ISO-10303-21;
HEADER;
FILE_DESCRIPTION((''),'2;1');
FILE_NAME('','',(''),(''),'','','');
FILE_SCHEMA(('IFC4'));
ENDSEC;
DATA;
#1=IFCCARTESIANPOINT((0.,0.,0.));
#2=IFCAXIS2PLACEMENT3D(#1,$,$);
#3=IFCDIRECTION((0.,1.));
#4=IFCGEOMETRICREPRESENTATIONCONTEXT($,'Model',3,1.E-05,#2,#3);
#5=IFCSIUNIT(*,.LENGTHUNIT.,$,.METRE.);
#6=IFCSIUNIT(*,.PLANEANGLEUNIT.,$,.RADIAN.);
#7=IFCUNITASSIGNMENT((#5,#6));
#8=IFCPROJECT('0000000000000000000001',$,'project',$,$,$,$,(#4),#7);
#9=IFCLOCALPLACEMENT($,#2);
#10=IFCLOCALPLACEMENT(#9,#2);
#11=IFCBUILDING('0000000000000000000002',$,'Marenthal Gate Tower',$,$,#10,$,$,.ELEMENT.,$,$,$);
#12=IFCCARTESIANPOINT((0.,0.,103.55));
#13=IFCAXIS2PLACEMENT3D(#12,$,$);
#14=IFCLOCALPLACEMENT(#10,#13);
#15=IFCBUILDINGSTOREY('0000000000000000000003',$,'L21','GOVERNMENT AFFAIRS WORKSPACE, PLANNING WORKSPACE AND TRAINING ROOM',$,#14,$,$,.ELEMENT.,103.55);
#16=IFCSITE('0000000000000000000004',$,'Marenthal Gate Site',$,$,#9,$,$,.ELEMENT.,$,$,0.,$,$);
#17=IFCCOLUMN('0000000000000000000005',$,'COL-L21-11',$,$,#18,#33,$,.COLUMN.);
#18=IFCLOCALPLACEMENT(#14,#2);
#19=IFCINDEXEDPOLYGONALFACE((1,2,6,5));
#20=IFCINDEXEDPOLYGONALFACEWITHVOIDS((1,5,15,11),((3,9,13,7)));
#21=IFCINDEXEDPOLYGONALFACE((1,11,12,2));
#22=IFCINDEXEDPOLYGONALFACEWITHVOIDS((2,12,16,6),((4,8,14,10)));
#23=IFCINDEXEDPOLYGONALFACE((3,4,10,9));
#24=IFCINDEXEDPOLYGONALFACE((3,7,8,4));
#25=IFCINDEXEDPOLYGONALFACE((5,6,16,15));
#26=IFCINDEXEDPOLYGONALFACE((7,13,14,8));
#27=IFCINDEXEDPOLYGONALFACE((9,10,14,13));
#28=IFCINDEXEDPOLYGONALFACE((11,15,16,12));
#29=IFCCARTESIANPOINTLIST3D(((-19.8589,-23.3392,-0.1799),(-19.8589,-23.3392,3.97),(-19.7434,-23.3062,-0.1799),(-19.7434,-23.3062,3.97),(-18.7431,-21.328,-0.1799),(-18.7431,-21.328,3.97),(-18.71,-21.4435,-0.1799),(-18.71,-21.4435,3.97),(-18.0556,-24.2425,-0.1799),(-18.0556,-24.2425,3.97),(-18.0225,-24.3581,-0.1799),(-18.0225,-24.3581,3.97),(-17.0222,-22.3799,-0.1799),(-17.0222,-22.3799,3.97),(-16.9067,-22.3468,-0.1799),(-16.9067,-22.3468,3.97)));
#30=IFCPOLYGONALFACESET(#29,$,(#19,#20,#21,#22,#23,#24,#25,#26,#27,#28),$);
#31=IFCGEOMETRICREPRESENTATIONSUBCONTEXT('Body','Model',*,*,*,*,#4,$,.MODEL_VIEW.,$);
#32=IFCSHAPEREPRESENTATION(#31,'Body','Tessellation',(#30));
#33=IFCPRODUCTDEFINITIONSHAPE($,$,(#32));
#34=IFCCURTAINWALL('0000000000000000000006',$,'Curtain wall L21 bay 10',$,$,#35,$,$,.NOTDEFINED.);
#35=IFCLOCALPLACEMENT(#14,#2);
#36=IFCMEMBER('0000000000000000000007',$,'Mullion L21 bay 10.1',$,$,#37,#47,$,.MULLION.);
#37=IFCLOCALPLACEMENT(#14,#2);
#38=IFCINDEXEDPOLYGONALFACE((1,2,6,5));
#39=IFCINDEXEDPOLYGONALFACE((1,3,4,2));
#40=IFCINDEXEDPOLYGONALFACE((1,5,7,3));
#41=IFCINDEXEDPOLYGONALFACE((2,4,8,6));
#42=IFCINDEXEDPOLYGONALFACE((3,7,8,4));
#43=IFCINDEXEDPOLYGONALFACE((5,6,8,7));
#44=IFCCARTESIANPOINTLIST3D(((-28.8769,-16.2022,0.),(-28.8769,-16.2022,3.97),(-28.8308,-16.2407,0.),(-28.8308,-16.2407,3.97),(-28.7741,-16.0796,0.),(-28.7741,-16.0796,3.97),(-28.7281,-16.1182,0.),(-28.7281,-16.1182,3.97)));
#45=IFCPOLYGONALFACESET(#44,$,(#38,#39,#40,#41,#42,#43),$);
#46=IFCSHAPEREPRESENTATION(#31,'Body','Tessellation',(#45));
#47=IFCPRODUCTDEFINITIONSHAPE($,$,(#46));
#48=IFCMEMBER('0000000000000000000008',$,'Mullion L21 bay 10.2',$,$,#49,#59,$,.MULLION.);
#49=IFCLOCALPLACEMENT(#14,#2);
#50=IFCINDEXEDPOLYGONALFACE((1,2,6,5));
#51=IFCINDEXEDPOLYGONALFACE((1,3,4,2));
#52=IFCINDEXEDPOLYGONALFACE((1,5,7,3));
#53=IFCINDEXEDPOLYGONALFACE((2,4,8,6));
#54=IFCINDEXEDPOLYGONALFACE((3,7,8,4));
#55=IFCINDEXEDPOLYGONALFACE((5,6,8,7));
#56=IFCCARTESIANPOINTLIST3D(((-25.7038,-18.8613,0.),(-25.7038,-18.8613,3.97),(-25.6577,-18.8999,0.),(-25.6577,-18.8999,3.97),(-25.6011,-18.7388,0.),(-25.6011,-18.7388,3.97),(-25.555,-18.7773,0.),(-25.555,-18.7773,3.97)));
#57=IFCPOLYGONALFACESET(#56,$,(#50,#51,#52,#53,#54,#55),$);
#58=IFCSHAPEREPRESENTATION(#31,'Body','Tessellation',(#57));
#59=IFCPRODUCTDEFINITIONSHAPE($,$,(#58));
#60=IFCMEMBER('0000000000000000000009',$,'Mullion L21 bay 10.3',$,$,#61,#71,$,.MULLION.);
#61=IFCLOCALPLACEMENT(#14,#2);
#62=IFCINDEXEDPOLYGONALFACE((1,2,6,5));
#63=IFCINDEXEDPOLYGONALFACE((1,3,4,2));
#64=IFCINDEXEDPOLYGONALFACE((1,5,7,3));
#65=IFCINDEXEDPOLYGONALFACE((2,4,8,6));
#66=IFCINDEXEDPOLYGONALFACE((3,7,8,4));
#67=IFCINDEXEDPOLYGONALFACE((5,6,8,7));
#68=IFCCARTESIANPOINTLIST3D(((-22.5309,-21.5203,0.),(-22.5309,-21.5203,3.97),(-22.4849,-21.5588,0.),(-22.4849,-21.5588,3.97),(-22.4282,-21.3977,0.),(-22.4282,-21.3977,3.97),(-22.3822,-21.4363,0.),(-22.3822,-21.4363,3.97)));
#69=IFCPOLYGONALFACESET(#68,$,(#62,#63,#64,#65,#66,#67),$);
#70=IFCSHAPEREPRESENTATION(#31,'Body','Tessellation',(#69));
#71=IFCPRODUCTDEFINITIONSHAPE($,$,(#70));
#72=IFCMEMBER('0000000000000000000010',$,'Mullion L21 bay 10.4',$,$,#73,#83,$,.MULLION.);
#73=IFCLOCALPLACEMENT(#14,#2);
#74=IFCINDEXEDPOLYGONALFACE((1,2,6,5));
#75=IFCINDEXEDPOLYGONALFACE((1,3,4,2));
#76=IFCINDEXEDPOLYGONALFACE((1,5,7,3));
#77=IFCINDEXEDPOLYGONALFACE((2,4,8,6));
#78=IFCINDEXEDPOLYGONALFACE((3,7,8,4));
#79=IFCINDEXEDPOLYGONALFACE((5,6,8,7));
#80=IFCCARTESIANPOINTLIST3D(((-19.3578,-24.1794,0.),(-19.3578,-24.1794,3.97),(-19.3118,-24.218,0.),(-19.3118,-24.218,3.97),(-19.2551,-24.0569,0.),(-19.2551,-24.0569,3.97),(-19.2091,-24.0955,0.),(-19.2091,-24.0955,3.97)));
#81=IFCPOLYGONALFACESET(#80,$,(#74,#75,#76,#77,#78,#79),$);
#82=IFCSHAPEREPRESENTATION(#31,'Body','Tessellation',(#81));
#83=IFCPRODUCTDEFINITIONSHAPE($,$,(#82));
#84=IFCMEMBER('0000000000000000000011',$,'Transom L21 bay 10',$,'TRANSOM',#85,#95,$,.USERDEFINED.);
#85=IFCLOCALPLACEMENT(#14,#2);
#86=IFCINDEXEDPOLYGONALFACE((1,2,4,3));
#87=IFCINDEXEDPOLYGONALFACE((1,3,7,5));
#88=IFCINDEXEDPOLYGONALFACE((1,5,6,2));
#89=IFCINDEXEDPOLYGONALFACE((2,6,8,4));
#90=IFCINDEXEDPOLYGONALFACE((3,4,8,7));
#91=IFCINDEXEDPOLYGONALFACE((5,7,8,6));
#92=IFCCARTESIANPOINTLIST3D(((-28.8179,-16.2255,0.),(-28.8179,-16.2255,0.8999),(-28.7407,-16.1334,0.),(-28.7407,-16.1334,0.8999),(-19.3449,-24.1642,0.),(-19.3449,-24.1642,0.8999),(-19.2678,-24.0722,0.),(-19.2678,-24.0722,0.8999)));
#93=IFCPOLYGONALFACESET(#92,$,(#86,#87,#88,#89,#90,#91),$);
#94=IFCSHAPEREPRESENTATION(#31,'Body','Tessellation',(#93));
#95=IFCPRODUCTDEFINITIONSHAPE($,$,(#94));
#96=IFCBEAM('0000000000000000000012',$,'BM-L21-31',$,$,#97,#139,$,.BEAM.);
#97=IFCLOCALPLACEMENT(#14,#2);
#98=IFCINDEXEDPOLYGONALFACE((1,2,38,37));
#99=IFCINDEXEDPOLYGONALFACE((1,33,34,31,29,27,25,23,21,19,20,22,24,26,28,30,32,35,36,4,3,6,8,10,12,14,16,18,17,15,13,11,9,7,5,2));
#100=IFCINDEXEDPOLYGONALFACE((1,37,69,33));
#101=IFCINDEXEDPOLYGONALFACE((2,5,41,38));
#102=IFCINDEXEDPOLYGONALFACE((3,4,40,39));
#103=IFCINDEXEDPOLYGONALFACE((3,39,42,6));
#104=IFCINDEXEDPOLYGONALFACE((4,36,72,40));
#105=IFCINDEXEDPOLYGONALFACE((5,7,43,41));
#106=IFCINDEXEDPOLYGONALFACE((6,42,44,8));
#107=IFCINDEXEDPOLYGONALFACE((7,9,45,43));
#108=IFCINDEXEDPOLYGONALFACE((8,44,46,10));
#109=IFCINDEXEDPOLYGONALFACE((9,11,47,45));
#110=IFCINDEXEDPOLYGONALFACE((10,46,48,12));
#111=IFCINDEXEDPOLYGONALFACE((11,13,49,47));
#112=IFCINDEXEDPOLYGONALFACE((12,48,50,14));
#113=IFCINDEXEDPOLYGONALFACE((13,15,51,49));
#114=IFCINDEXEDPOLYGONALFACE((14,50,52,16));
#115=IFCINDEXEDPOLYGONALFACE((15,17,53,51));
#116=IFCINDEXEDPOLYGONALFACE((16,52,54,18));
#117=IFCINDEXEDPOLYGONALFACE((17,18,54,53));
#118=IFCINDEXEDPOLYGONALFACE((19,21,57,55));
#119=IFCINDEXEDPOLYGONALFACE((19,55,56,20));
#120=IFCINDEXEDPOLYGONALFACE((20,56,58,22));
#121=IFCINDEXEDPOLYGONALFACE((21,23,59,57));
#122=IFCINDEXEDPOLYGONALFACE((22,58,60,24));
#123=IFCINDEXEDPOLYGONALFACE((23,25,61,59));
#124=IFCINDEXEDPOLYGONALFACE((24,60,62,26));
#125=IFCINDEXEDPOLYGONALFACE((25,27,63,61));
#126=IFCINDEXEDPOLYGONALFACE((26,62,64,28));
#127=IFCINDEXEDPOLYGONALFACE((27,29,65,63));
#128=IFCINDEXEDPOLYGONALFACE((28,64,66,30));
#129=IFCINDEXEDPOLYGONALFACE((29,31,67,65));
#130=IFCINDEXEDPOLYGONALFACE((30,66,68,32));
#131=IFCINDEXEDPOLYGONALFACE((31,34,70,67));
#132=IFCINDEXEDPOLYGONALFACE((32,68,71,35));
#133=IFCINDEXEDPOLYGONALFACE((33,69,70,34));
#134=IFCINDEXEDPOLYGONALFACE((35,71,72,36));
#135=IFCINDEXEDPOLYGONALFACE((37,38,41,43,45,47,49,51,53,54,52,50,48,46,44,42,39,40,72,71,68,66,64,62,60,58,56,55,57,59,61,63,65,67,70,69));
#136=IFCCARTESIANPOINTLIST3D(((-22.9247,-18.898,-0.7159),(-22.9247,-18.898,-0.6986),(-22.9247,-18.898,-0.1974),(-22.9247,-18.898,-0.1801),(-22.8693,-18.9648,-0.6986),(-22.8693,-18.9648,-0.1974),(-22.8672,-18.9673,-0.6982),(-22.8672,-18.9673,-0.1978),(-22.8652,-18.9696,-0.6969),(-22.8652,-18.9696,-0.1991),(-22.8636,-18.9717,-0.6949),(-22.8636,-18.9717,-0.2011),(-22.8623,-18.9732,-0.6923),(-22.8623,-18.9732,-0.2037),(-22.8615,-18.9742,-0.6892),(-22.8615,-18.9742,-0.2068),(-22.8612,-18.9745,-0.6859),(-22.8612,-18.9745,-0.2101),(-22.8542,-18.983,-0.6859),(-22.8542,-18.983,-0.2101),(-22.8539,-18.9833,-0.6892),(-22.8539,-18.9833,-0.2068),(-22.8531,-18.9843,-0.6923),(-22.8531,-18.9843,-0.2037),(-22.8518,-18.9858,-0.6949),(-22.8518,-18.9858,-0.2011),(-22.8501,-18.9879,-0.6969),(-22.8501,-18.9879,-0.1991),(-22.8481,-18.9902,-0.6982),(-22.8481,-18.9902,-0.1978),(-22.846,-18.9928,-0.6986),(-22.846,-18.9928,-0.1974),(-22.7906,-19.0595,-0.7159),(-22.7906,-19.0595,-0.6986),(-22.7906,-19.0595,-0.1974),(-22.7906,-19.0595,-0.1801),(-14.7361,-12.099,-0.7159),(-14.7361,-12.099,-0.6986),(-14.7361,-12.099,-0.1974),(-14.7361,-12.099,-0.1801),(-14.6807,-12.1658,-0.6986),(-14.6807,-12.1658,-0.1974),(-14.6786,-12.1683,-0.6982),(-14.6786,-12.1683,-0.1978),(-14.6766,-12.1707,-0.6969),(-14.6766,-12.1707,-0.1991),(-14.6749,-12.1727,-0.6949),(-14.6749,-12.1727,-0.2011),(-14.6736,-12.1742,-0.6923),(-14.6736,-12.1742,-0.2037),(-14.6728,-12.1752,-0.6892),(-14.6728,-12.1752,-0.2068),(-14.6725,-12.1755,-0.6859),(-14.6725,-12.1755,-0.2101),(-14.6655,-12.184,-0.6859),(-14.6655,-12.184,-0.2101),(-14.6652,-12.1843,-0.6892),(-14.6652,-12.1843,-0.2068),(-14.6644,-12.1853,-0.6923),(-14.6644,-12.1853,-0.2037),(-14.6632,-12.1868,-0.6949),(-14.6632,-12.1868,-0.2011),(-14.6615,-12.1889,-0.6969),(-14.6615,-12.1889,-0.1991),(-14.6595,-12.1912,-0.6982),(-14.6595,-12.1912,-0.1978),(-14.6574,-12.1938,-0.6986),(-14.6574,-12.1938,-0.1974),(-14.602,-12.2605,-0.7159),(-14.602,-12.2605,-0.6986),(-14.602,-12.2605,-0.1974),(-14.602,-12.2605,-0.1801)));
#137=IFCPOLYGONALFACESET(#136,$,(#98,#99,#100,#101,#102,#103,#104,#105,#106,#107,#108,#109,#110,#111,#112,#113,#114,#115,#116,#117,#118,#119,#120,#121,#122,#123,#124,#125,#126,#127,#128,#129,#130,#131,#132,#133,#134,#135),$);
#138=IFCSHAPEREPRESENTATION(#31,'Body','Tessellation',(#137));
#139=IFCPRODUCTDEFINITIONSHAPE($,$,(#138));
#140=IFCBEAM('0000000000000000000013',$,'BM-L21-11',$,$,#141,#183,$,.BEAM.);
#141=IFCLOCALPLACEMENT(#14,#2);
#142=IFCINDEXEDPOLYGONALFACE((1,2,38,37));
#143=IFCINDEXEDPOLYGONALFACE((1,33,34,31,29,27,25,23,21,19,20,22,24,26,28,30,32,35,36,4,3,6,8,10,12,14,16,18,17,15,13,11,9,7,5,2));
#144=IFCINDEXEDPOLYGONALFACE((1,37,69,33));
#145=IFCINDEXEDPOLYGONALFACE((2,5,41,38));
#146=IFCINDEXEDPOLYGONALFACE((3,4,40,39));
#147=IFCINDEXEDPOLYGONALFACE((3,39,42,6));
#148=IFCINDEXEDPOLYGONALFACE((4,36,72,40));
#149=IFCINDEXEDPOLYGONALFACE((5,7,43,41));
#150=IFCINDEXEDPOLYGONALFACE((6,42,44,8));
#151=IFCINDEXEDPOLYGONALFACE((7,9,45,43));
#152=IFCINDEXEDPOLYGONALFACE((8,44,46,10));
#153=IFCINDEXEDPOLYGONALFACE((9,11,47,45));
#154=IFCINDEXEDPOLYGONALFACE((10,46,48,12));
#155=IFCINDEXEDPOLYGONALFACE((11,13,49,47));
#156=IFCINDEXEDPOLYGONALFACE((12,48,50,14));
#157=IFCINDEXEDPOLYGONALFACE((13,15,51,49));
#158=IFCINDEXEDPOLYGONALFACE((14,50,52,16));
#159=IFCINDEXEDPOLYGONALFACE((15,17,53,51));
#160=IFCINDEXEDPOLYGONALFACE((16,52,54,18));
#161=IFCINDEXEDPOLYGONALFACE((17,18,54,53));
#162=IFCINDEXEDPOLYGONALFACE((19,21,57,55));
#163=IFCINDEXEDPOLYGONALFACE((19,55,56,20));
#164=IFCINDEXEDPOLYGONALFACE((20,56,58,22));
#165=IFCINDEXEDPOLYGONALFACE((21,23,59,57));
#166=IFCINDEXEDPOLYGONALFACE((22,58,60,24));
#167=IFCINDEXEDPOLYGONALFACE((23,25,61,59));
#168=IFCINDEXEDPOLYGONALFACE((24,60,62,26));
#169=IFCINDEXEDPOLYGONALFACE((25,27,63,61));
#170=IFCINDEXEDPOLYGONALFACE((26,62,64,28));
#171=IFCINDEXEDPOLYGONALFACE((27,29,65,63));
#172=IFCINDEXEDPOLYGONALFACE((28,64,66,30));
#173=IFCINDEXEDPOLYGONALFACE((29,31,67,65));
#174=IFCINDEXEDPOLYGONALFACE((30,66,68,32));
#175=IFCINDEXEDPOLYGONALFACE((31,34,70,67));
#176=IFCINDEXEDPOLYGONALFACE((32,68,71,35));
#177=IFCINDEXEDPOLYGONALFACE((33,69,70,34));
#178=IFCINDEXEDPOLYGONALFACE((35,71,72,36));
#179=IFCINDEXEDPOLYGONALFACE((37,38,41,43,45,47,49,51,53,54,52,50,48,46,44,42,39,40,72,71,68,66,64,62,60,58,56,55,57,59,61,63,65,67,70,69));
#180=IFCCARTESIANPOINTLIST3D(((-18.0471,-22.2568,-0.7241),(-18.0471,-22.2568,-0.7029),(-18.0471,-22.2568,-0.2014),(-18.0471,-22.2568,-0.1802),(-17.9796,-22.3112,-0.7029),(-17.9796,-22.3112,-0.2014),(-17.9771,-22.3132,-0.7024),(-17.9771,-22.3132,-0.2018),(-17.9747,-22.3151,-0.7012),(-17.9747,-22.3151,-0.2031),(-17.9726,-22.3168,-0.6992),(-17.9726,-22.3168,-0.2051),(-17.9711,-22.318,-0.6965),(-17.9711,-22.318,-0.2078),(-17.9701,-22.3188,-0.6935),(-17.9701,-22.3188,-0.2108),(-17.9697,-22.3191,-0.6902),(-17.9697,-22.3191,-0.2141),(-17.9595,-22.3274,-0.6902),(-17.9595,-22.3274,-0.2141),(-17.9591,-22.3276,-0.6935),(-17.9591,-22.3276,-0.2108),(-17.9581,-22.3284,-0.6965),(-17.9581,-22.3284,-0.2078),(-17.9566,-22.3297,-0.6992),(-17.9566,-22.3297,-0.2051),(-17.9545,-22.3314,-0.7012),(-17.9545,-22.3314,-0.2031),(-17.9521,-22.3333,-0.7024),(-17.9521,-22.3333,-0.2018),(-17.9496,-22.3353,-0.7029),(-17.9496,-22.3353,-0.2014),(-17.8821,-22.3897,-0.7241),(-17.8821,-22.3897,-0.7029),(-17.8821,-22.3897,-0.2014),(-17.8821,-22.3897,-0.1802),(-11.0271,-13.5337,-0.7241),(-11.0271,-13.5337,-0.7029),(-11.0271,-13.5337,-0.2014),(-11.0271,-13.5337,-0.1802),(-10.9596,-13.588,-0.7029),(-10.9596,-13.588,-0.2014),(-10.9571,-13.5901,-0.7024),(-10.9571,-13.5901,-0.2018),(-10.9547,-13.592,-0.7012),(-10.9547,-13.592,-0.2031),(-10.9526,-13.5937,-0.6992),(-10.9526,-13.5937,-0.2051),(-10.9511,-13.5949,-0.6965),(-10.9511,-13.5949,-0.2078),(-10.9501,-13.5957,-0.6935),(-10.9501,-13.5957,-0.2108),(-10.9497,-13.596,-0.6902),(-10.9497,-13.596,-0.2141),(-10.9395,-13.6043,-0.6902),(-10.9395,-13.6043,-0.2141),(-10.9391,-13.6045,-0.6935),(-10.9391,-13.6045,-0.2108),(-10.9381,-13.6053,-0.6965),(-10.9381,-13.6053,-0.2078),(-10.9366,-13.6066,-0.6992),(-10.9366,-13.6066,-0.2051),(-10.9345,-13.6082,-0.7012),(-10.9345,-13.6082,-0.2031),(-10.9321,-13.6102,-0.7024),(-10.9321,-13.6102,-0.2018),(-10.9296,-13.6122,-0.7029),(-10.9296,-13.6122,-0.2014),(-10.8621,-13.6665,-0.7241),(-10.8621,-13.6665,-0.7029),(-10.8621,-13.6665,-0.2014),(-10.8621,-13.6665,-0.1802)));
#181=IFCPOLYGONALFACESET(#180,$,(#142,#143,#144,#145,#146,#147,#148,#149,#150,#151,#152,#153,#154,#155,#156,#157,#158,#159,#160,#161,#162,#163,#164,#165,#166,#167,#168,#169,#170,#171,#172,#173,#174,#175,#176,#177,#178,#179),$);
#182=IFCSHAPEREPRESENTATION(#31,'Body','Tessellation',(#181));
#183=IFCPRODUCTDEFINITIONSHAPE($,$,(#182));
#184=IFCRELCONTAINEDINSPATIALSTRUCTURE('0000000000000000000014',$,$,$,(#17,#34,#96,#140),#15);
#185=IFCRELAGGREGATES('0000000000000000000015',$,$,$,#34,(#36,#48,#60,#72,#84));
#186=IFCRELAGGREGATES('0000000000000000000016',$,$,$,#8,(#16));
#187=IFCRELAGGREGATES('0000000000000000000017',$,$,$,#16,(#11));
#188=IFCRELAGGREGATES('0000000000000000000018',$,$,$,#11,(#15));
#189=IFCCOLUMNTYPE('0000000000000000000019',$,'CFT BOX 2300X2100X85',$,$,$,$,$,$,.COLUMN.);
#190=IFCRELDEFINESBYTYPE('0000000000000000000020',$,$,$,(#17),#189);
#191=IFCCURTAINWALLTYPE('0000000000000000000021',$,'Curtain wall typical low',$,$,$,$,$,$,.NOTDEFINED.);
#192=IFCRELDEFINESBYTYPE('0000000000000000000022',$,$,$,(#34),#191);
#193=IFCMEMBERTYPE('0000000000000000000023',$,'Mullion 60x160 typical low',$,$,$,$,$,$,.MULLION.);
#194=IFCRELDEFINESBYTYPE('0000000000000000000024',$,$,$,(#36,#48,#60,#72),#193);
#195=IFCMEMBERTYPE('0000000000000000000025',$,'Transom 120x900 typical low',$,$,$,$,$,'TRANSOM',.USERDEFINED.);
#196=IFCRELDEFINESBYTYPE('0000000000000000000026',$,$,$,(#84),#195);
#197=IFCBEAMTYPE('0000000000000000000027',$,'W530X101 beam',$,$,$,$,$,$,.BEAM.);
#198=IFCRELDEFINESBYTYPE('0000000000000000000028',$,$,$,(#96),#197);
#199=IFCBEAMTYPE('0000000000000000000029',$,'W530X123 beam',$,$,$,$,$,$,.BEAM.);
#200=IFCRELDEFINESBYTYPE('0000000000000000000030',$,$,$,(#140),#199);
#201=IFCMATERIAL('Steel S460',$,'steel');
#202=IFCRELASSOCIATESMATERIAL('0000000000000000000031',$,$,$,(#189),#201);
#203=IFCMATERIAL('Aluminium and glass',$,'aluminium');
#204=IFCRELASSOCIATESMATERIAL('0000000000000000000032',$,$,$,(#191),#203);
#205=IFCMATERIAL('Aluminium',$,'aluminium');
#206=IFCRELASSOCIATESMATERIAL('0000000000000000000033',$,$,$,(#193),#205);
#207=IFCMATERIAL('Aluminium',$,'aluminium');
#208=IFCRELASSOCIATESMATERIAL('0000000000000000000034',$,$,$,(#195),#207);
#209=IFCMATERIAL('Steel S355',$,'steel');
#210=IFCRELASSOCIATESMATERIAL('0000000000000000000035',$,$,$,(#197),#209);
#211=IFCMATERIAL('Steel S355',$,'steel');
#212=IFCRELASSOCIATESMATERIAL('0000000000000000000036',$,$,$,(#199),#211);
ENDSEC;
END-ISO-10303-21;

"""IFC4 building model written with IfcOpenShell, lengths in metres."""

from ifc_helpers import new_model, si_unit, direction, frame, origin, origin_2d, place, context, subcontext, project, spatial, rectangle, hollow_rectangle, i_section, extrude, material, material_profile, profile_set, type_object, element, aggregate, save


model = new_model("IFC4")

# Units and contexts
model_context = context("Model", 3, precision=1e-05, world=origin(), true_north=direction((0.0, 1.0)))
body_context = subcontext(model_context, "Body", "Model", "MODEL_VIEW")
ifc_project = project(units=[si_unit("LENGTHUNIT", "METRE"), si_unit("PLANEANGLEUNIT", "RADIAN")], contexts=[model_context])

# Site, building, storey
site_placement = place(None, origin())
site = spatial("IfcSite", under=ifc_project, at=site_placement, Name="Marenthal Gate Site", CompositionType="ELEMENT", RefElevation=0.0)
building_placement = place(site_placement, origin())
building = spatial("IfcBuilding", under=site, at=building_placement, Name="Marenthal Gate Tower", CompositionType="ELEMENT")
storey_placement = place(building_placement, frame((0.0, 0.0, 103.55)))
storey = spatial("IfcBuildingStorey", under=building, at=storey_placement, Name="L21", Description="GOVERNMENT AFFAIRS WORKSPACE, PLANNING WORKSPACE AND TRAINING ROOM", CompositionType="ELEMENT", Elevation=103.55)

# Column
ifc_material_1 = material(Name="Steel S460", Category="steel")
ifc_material_profile_1 = material_profile(ifc_material_1, hollow_rectangle(XDim=2.1001, YDim=2.3, WallThickness=0.085, at=origin_2d()), Name="CFT BOX 2300X2100X85")
ifc_material_2 = material(Name="Concrete 70 MPa", Category="concrete")
ifc_material_profile_2 = material_profile(ifc_material_2, rectangle(XDim=1.9299, YDim=2.1299, at=origin_2d()), Name="CFT BOX 2300X2100X85 INFILL")
ifc_profile_set_1 = profile_set([ifc_material_profile_1, ifc_material_profile_2], Name="Steel S460 shell, Concrete 70 MPa infill")
column_type = type_object("IfcColumnType", Name="CFT BOX 2300X2100X85", PredefinedType="COLUMN", material=ifc_profile_set_1)
column_placement = place(storey_placement, frame((-18.3828, -22.843, -0.1799), z_axis=(0.0, 0.0, 1.0), x_axis=(-0.874442, 0.48513, 0.0)))
element("IfcColumn", 1, at=column_placement, inside=storey, type_object=column_type, Name="COL-L21-11", PredefinedType="COLUMN", context=body_context, shape_type="SweptSolid", body=[
    extrude(hollow_rectangle(XDim=2.1001, YDim=2.3, WallThickness=0.085, at=origin_2d()), origin(), (0.0, 0.0, 1.0), 4.1499),
])

# Curtain wall, members
ifc_material_3 = material(Name="Aluminium and glass", Category="aluminium")
curtain_wall_type = type_object("IfcCurtainWallType", Name="Curtain wall typical low", PredefinedType="NOTDEFINED", material=ifc_material_3)
curtain_wall_placement = place(storey_placement, origin())
curtain_wall = element("IfcCurtainWall", 2, at=curtain_wall_placement, inside=storey, type_object=curtain_wall_type, Name="Curtain wall L21 bay 10", PredefinedType="NOTDEFINED")
ifc_material_4 = material(Name="Aluminium", Category="aluminium")
ifc_material_profile_3 = material_profile(ifc_material_4, rectangle(XDim=0.1599, YDim=0.0601, at=origin_2d()), Name="60x160 aluminium mullion")
ifc_profile_set_2 = profile_set([ifc_material_profile_3], Name="Aluminium")
member_type_1 = type_object("IfcMemberType", Name="Mullion 60x160 typical low", PredefinedType="MULLION", material=ifc_profile_set_2)
member_1_placement = place(storey_placement, frame((-28.8025, -16.1602, 0.0), z_axis=(0.0, 0.0, 1.0), x_axis=(0.642308, 0.766447, 0.0)))
member_1 = element("IfcMember", 3, at=member_1_placement, type_object=member_type_1, Name="Mullion L21 bay 10.1", PredefinedType="MULLION", context=body_context, shape_type="SweptSolid", body=[
    extrude(rectangle(XDim=0.1599, YDim=0.0601, at=origin_2d()), origin(), (0.0, 0.0, 1.0), 3.97),
])
member_2_placement = place(storey_placement, frame((-25.6294, -18.8193, 0.0), z_axis=(0.0, 0.0, 1.0), x_axis=(0.642308, 0.766447, 0.0)))
member_2 = element("IfcMember", 4, at=member_2_placement, type_object=member_type_1, Name="Mullion L21 bay 10.2", PredefinedType="MULLION", context=body_context, shape_type="SweptSolid", body=[
    extrude(rectangle(XDim=0.1599, YDim=0.0601, at=origin_2d()), origin(), (0.0, 0.0, 1.0), 3.97),
])
member_3_placement = place(storey_placement, frame((-22.4565, -21.4783, 0.0), z_axis=(0.0, 0.0, 1.0), x_axis=(0.642308, 0.766447, 0.0)))
member_3 = element("IfcMember", 5, at=member_3_placement, type_object=member_type_1, Name="Mullion L21 bay 10.3", PredefinedType="MULLION", context=body_context, shape_type="SweptSolid", body=[
    extrude(rectangle(XDim=0.1599, YDim=0.0601, at=origin_2d()), origin(), (0.0, 0.0, 1.0), 3.97),
])
member_4_placement = place(storey_placement, frame((-19.2834, -24.1375, 0.0), z_axis=(0.0, 0.0, 1.0), x_axis=(0.642308, 0.766447, 0.0)))
member_4 = element("IfcMember", 6, at=member_4_placement, type_object=member_type_1, Name="Mullion L21 bay 10.4", PredefinedType="MULLION", context=body_context, shape_type="SweptSolid", body=[
    extrude(rectangle(XDim=0.1599, YDim=0.0601, at=origin_2d()), origin(), (0.0, 0.0, 1.0), 3.97),
])
ifc_material_5 = material(Name="Aluminium", Category="aluminium")
ifc_material_profile_4 = material_profile(ifc_material_5, rectangle(XDim=0.1201, YDim=0.8999, at=origin_2d()), Name="120x900 aluminium transom")
ifc_profile_set_3 = profile_set([ifc_material_profile_4], Name="Aluminium")
member_type_2 = type_object("IfcMemberType", Name="Transom 120x900 typical low", ElementType="TRANSOM", PredefinedType="USERDEFINED", material=ifc_profile_set_3)
member_5_placement = place(storey_placement, frame((-28.7793, -16.1794, 0.45), z_axis=(0.766442, -0.642313, 0.0), x_axis=(0.642313, 0.766442, 0.0)))
member_5 = element("IfcMember", 7, at=member_5_placement, type_object=member_type_2, Name="Transom L21 bay 10", ObjectType="TRANSOM", PredefinedType="USERDEFINED", context=body_context, shape_type="SweptSolid", body=[
    extrude(rectangle(XDim=0.1201, YDim=0.8999, at=origin_2d()), origin(), (0.0, 0.0, 1.0), 12.3596),
])

# Beams
ifc_material_6 = material(Name="Steel S355", Category="steel")
ifc_material_profile_5 = material_profile(ifc_material_6, i_section(OverallWidth=0.21, OverallDepth=0.5359, WebThickness=0.011, FlangeThickness=0.0173, FilletRadius=0.0127, at=origin_2d()), Name="W530X101")
ifc_profile_set_4 = profile_set([ifc_material_profile_5], Name="Steel S355")
beam_type_1 = type_object("IfcBeamType", Name="W530X101 beam", PredefinedType="BEAM", material=ifc_profile_set_4)
beam_1_placement = place(storey_placement, frame((-22.8577, -18.9788, -0.448), z_axis=(0.769369, 0.638805, 0.0), x_axis=(-0.638805, 0.769369, 0.0)))
element("IfcBeam", 8, at=beam_1_placement, inside=storey, type_object=beam_type_1, Name="BM-L21-31", PredefinedType="BEAM", context=body_context, shape_type="SweptSolid", body=[
    extrude(i_section(OverallWidth=0.21, OverallDepth=0.5359, WebThickness=0.011, FlangeThickness=0.0173, FilletRadius=0.0127, at=origin_2d()), origin(), (0.0, 0.0, 1.0), 10.6433),
])
ifc_material_7 = material(Name="Steel S355", Category="steel")
ifc_material_profile_6 = material_profile(ifc_material_7, i_section(OverallWidth=0.2119, OverallDepth=0.5439, WebThickness=0.0132, FlangeThickness=0.0212, FilletRadius=0.0127, at=origin_2d()), Name="W530X123")
ifc_profile_set_5 = profile_set([ifc_material_profile_6], Name="Steel S355")
beam_type_2 = type_object("IfcBeamType", Name="W530X123 beam", PredefinedType="BEAM", material=ifc_profile_set_5)
beam_2_placement = place(storey_placement, frame((-17.9646, -22.3232, -0.4521), z_axis=(0.626953, 0.779057, 0.0), x_axis=(-0.779057, 0.626953, 0.0)))
element("IfcBeam", 9, at=beam_2_placement, inside=storey, type_object=beam_type_2, Name="BM-L21-11", PredefinedType="BEAM", context=body_context, shape_type="SweptSolid", body=[
    extrude(i_section(OverallWidth=0.2119, OverallDepth=0.5439, WebThickness=0.0132, FlangeThickness=0.0212, FilletRadius=0.0127, at=origin_2d()), origin(), (0.0, 0.0, 1.0), 11.197),
])

aggregate(curtain_wall, [member_1, member_2, member_3, member_4, member_5])

save(model, "model.ifc")
